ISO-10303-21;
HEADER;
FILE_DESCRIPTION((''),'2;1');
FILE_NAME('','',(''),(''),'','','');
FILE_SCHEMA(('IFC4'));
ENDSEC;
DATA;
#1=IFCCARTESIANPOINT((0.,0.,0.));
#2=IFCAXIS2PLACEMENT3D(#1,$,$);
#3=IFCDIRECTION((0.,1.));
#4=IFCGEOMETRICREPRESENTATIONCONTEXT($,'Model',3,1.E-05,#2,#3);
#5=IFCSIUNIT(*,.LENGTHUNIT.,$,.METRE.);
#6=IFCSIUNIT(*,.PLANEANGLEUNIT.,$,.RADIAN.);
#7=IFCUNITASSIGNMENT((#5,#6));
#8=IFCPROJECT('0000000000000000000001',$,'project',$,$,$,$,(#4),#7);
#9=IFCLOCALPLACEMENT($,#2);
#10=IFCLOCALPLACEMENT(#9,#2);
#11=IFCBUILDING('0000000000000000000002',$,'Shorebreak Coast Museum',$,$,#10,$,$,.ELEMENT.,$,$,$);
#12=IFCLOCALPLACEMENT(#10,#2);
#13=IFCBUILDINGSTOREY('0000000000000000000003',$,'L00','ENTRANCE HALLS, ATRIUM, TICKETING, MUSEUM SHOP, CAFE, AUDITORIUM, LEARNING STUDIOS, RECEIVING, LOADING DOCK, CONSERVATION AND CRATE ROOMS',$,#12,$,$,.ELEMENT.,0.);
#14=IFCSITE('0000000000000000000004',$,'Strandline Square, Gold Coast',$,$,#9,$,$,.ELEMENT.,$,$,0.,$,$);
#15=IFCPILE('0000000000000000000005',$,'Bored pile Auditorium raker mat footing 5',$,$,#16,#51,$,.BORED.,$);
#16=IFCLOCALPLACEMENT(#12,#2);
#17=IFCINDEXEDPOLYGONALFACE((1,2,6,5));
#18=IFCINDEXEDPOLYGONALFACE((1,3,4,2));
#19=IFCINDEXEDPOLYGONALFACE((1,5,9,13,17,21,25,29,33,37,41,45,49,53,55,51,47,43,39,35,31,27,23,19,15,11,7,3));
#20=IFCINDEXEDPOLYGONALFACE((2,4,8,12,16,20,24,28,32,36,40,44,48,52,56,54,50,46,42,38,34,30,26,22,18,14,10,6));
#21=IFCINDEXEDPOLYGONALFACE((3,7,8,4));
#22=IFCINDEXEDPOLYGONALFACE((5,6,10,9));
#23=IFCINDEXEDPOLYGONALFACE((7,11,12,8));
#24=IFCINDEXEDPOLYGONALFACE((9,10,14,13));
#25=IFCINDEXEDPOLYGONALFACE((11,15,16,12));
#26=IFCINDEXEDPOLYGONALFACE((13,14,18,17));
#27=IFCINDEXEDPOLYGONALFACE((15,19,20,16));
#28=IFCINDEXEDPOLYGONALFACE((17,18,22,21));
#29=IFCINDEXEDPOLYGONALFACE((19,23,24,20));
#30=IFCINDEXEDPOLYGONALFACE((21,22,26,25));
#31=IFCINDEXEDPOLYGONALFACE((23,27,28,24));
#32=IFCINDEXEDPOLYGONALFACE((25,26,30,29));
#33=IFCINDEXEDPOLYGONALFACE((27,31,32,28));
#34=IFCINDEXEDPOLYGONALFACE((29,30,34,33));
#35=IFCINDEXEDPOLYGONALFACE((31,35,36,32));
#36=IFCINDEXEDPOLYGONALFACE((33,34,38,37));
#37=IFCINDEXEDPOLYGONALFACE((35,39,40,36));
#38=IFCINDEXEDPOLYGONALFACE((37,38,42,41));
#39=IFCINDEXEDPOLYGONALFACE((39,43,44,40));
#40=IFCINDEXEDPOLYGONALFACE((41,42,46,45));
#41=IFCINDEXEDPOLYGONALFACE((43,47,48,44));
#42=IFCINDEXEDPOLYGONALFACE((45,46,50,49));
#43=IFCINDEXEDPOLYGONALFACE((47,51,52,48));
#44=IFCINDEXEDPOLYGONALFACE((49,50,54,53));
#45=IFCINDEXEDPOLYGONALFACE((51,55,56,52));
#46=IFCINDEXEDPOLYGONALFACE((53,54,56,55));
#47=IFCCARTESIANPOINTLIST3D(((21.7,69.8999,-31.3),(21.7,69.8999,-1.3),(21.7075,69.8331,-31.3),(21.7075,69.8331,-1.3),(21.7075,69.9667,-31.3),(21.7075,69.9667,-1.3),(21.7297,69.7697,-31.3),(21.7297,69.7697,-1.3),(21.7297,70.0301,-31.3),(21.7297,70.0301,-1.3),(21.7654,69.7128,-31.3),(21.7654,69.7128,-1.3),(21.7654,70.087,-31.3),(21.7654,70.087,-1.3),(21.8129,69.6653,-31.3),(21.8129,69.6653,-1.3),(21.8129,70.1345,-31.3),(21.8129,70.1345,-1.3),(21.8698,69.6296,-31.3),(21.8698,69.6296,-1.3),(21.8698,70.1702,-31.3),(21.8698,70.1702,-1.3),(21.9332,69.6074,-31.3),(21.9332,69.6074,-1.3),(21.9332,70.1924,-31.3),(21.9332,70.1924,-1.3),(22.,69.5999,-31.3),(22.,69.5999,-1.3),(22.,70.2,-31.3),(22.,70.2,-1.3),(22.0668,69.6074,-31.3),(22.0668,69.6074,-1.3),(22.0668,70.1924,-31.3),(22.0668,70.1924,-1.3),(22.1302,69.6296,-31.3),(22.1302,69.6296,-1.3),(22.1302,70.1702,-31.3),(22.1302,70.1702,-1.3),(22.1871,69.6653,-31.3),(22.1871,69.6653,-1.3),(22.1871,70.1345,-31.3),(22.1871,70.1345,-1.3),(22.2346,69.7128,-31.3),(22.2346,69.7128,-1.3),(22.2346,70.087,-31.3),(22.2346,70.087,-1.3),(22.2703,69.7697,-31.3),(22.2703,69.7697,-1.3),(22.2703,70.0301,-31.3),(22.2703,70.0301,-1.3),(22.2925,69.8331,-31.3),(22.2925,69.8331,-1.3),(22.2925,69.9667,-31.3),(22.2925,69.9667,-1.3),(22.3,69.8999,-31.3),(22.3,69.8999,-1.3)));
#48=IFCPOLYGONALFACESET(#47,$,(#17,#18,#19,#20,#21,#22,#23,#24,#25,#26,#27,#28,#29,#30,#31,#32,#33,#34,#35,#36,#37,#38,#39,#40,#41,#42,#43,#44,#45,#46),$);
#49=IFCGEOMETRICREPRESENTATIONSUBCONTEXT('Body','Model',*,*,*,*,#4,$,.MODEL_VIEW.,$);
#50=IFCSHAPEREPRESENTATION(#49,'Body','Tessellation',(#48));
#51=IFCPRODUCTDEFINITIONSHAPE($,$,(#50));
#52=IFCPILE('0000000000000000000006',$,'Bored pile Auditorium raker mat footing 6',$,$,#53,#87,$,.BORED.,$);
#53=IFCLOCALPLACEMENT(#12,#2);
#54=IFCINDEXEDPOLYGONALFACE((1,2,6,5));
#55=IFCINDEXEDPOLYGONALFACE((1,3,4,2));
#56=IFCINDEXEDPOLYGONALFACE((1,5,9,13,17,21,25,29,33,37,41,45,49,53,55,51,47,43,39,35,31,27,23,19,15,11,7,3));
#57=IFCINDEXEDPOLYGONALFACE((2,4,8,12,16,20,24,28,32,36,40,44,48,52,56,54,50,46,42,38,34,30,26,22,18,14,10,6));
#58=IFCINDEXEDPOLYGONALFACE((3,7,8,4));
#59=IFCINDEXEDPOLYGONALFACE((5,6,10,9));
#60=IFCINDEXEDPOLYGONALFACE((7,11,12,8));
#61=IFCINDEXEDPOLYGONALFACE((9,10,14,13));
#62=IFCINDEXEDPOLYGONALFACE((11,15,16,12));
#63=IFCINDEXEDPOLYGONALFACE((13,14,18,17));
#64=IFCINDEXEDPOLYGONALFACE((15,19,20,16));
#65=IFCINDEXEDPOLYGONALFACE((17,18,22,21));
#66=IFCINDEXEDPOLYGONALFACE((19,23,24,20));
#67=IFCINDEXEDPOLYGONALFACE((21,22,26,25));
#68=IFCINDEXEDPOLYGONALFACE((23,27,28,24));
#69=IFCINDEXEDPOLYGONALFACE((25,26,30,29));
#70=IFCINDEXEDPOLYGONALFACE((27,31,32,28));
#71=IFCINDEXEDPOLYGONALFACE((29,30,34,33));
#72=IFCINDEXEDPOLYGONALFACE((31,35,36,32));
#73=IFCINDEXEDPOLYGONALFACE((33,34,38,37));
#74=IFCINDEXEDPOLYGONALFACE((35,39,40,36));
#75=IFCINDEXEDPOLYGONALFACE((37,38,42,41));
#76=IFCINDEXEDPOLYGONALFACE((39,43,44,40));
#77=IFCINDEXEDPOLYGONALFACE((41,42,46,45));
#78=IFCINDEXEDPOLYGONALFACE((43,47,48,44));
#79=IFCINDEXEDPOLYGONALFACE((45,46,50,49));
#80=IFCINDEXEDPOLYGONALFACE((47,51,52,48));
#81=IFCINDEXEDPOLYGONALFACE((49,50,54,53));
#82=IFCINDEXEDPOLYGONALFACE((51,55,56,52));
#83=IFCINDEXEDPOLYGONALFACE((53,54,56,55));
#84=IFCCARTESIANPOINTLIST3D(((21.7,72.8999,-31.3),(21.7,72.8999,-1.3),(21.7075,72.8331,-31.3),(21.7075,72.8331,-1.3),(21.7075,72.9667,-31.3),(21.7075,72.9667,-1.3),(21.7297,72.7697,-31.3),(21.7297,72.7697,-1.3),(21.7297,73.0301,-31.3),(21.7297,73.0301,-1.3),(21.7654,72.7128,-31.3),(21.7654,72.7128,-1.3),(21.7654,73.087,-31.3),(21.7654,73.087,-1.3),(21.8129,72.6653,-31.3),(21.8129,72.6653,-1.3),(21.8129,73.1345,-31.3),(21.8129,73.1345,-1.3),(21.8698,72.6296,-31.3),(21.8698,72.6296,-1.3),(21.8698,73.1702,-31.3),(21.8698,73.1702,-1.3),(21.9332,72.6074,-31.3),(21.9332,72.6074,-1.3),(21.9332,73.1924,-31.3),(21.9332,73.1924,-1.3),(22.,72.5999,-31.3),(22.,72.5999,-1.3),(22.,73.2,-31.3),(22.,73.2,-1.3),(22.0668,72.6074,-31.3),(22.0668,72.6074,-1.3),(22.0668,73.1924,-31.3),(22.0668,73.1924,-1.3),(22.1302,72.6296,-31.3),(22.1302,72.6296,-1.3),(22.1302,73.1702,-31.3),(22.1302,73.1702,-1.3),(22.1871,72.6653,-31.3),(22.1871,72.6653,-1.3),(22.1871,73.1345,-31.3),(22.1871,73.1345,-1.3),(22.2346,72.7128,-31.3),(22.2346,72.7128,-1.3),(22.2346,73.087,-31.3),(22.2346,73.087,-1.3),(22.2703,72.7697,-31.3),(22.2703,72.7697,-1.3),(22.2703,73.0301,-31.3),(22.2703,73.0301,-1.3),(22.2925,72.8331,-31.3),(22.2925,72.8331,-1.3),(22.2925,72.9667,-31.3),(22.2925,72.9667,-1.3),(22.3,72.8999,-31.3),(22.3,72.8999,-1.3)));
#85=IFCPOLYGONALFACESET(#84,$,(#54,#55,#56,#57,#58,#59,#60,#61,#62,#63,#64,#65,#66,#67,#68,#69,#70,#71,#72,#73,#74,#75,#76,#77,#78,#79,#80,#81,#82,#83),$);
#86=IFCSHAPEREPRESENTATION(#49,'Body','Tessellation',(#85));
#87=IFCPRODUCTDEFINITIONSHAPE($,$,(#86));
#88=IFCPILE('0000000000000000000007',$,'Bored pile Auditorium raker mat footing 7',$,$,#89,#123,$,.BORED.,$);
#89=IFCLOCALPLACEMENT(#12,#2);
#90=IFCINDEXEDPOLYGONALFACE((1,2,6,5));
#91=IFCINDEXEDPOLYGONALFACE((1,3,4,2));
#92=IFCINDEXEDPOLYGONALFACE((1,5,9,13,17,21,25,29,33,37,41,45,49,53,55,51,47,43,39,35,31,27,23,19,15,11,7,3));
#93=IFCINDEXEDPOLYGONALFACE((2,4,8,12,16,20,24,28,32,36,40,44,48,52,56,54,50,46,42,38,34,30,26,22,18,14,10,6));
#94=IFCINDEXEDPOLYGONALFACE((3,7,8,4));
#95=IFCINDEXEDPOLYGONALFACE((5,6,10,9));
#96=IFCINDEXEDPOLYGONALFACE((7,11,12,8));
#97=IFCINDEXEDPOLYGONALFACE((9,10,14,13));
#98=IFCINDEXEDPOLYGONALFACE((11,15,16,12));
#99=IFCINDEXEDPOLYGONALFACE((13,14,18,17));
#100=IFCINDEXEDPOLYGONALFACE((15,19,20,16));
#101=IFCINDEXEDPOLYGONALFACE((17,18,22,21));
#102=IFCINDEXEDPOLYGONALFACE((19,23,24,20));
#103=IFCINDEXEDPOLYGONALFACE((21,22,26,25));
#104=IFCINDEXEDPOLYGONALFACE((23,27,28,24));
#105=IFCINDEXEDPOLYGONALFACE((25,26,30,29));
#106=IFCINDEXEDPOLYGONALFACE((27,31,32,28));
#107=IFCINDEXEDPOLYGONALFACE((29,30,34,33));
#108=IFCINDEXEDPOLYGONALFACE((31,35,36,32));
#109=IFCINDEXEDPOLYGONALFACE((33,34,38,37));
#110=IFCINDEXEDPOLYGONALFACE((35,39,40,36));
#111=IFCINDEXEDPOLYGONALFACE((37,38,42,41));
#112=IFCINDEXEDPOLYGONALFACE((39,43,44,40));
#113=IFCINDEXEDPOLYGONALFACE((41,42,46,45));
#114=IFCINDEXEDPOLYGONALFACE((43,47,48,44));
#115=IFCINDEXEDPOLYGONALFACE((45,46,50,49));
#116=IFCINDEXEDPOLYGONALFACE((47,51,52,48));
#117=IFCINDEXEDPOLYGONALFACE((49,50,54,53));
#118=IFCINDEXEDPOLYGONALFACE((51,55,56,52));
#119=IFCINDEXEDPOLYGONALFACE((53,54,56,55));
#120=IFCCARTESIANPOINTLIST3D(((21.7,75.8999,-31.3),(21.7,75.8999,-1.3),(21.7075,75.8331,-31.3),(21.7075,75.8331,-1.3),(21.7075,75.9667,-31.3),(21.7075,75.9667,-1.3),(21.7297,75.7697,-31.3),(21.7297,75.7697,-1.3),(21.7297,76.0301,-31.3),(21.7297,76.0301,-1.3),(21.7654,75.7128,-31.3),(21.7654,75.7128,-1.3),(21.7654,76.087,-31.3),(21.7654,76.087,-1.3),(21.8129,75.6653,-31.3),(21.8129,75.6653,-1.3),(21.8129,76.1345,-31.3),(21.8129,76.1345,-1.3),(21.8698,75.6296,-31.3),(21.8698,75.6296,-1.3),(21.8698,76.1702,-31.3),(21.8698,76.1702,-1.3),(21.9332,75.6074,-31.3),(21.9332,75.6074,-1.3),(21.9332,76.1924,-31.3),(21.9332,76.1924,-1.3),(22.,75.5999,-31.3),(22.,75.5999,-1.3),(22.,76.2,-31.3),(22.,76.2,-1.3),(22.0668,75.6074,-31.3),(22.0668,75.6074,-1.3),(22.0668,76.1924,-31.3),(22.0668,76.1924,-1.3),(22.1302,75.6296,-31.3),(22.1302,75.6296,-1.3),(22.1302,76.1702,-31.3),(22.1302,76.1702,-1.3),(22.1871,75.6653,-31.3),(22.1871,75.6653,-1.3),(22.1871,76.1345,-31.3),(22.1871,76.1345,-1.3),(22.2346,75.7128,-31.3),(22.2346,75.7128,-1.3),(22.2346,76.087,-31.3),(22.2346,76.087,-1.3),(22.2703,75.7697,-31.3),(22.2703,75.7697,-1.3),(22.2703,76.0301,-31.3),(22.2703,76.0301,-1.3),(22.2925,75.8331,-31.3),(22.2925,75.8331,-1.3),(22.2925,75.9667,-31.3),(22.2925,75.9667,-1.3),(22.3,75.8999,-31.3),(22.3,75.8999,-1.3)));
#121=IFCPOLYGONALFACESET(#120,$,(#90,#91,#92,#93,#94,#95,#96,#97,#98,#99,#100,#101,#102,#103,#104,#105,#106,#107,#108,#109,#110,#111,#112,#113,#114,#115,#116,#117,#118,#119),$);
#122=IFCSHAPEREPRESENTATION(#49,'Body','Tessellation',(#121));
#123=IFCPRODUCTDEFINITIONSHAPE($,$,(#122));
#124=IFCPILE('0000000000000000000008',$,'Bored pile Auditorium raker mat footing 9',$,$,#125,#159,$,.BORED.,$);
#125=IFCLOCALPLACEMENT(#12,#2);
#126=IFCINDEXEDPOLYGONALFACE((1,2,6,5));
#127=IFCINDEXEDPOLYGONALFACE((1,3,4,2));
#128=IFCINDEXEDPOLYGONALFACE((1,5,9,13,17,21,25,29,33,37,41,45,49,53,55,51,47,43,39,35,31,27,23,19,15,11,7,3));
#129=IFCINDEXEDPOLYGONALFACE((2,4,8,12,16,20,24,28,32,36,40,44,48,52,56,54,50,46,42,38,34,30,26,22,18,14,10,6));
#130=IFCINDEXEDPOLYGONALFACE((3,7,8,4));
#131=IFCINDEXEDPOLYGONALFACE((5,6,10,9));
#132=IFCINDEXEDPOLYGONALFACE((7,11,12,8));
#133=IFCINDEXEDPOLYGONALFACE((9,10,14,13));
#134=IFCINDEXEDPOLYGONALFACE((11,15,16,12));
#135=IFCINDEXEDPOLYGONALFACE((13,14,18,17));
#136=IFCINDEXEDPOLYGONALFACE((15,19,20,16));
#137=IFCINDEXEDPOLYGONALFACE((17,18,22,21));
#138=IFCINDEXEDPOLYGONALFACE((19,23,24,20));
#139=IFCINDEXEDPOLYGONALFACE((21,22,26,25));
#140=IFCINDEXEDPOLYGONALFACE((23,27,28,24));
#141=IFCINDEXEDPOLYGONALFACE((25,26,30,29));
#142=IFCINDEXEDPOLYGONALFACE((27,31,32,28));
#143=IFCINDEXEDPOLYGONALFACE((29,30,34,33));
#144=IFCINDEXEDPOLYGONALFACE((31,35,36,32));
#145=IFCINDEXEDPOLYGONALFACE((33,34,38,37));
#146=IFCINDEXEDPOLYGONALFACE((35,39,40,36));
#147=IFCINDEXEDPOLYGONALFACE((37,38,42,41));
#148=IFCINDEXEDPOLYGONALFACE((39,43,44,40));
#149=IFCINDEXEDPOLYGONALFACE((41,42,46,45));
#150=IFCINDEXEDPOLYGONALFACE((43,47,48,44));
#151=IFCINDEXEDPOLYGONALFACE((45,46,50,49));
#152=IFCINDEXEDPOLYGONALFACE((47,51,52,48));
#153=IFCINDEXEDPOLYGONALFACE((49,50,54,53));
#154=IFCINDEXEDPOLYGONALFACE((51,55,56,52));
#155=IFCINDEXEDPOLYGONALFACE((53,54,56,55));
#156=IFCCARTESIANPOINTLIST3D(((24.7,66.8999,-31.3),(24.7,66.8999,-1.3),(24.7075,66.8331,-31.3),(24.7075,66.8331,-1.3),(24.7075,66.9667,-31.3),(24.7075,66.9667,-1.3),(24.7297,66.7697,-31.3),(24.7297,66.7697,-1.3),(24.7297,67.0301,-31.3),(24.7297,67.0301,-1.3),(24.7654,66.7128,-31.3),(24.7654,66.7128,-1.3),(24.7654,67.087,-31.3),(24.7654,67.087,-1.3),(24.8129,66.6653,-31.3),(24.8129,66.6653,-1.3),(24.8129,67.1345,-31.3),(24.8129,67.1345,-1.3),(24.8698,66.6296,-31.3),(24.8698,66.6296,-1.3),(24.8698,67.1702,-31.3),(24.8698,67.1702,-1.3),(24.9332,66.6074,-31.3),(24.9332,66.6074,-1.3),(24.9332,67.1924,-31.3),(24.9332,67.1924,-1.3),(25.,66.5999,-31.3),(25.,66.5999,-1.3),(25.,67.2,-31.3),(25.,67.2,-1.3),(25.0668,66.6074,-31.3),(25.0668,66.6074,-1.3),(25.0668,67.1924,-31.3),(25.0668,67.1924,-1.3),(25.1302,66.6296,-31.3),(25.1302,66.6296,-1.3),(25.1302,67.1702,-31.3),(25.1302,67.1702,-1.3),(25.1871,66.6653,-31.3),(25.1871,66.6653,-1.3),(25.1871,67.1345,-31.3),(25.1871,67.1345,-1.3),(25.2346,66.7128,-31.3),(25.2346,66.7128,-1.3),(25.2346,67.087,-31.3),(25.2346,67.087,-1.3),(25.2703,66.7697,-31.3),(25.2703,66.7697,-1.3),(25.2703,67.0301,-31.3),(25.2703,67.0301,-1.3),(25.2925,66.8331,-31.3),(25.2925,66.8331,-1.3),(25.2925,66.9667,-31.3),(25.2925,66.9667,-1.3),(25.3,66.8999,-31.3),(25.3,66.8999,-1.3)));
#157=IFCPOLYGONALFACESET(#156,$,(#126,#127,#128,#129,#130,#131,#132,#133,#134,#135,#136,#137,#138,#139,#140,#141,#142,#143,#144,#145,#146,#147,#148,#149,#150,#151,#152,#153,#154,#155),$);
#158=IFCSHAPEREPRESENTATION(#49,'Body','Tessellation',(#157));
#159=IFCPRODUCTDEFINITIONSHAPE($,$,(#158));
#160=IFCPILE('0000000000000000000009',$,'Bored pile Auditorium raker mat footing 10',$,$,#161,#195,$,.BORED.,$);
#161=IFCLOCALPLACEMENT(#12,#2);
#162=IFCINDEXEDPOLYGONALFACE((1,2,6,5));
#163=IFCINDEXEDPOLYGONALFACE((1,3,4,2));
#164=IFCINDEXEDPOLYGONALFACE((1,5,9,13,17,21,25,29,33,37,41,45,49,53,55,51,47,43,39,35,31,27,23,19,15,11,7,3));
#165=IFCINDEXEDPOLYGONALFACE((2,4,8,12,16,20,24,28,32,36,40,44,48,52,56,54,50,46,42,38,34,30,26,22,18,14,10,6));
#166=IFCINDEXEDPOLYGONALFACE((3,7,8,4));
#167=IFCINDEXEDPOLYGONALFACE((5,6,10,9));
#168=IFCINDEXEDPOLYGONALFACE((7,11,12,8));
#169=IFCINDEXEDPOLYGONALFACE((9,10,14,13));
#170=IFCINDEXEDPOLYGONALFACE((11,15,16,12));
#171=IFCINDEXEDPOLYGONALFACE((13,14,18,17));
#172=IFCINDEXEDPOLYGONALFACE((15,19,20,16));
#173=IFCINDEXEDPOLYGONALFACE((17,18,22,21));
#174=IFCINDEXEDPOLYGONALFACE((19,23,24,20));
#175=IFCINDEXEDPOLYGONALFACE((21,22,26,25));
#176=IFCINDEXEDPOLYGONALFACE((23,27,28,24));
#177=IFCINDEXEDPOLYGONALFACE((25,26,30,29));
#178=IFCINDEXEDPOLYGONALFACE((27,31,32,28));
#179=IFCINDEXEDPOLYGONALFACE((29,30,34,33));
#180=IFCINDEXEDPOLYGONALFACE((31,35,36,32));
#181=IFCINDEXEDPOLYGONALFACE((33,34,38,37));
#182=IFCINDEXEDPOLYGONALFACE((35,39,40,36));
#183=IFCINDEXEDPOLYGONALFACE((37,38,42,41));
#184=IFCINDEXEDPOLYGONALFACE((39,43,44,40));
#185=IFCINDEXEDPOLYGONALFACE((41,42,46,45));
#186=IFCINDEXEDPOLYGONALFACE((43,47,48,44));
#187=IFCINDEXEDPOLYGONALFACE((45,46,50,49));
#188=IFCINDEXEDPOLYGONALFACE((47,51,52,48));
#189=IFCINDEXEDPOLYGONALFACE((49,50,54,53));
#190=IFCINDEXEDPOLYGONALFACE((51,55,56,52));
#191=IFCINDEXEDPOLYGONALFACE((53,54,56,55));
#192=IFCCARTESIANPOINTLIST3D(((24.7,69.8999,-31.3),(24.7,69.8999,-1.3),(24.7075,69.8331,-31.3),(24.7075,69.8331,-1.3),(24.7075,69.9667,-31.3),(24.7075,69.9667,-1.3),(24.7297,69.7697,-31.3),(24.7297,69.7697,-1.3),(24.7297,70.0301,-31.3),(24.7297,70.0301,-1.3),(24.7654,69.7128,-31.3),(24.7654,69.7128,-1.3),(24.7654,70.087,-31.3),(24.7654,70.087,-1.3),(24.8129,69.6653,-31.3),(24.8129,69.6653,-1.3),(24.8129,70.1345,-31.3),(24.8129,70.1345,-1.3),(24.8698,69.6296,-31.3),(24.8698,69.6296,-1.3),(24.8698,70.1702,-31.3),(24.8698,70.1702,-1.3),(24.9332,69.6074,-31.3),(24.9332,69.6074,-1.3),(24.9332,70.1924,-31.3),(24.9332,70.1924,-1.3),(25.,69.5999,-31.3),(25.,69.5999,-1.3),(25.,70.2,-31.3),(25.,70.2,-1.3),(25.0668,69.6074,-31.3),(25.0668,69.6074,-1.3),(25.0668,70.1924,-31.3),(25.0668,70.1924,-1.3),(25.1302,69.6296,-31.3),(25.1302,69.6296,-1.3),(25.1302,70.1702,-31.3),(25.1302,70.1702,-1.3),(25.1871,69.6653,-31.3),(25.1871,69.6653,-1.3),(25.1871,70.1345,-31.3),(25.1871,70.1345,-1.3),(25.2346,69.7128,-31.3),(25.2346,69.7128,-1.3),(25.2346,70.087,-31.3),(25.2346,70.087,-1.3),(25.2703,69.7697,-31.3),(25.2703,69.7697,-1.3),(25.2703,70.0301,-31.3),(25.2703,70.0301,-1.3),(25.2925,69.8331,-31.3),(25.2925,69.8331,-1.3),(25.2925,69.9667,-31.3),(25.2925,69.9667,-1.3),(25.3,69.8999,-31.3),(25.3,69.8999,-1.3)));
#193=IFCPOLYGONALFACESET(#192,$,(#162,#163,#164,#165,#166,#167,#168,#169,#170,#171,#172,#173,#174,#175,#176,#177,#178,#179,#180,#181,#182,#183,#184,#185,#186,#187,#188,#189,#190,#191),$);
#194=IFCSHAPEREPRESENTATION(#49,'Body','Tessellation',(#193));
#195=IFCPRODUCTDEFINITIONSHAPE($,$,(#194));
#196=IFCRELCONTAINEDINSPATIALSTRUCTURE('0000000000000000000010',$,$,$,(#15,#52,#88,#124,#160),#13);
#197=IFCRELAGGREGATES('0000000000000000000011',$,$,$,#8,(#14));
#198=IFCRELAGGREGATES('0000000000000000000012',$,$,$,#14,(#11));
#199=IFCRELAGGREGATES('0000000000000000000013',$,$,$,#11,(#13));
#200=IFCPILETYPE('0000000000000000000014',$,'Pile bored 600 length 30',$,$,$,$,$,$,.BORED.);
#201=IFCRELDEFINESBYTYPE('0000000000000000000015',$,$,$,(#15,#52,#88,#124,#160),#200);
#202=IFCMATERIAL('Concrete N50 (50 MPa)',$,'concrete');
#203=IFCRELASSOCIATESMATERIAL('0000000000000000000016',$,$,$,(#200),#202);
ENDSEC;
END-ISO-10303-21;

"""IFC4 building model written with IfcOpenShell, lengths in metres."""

from ifc_helpers import new_model, si_unit, direction, frame, origin, origin_2d, place, context, subcontext, project, spatial, circle, extrude, material, material_profile, profile_set, type_object, element, save


model = new_model("IFC4")

# Units and contexts
model_context = context("Model", 3, precision=1e-05, world=origin(), true_north=direction((0.0, 1.0)))
body_context = subcontext(model_context, "Body", "Model", "MODEL_VIEW")
ifc_project = project(units=[si_unit("LENGTHUNIT", "METRE"), si_unit("PLANEANGLEUNIT", "RADIAN")], contexts=[model_context])

# Site, building, storey
site_placement = place(None, origin())
site = spatial("IfcSite", under=ifc_project, at=site_placement, Name="Strandline Square, Gold Coast", CompositionType="ELEMENT", RefElevation=0.0)
building_placement = place(site_placement, origin())
building = spatial("IfcBuilding", under=site, at=building_placement, Name="Shorebreak Coast Museum", CompositionType="ELEMENT")
storey_placement = place(building_placement, origin())
storey = spatial("IfcBuildingStorey", under=building, at=storey_placement, Name="L00", Description="ENTRANCE HALLS, ATRIUM, TICKETING, MUSEUM SHOP, CAFE, AUDITORIUM, LEARNING STUDIOS, RECEIVING, LOADING DOCK, CONSERVATION AND CRATE ROOMS", CompositionType="ELEMENT", Elevation=0.0)

# Piles
ifc_material_1 = material(Name="Concrete N50 (50 MPa)", Category="concrete")
ifc_material_profile_1 = material_profile(ifc_material_1, circle(Radius=0.3, at=origin_2d()), Name="Pile bored 600 length 30")
ifc_profile_set_1 = profile_set([ifc_material_profile_1], Name="Concrete N50 (50 MPa)")
pile_type_1 = type_object("IfcPileType", Name="Pile bored 600 length 30", PredefinedType="BORED", material=ifc_profile_set_1)
for number, where, z_axis, x_axis, name in (
    (1, (22.0, 69.8999, -1.3), (0.0, 0.0, -1.0), (1.0, 0.0, 0.0), "Bored pile Auditorium raker mat footing 5"),
    (2, (22.0, 72.8999, -1.3), (0.0, 0.0, -1.0), (1.0, 0.0, 0.0), "Bored pile Auditorium raker mat footing 6"),
    (3, (22.0, 75.8999, -1.3), (0.0, 0.0, -1.0), (1.0, 0.0, 0.0), "Bored pile Auditorium raker mat footing 7"),
    (4, (25.0, 66.8999, -1.3), (0.0, 0.0, -1.0), (1.0, 0.0, 0.0), "Bored pile Auditorium raker mat footing 9"),
    (5, (25.0, 69.8999, -1.3), (0.0, 0.0, -1.0), (1.0, 0.0, 0.0), "Bored pile Auditorium raker mat footing 10"),
):
    element("IfcPile", number, at=place(storey_placement, frame(where, z_axis=z_axis, x_axis=x_axis)), inside=storey, type_object=pile_type_1, Name=name, PredefinedType="BORED", context=body_context, shape_type="SweptSolid", body=[
        extrude(circle(Radius=0.3, at=origin_2d()), origin(), (0.0, 0.0, 1.0), 30.0),
    ])

save(model, "model.ifc")
